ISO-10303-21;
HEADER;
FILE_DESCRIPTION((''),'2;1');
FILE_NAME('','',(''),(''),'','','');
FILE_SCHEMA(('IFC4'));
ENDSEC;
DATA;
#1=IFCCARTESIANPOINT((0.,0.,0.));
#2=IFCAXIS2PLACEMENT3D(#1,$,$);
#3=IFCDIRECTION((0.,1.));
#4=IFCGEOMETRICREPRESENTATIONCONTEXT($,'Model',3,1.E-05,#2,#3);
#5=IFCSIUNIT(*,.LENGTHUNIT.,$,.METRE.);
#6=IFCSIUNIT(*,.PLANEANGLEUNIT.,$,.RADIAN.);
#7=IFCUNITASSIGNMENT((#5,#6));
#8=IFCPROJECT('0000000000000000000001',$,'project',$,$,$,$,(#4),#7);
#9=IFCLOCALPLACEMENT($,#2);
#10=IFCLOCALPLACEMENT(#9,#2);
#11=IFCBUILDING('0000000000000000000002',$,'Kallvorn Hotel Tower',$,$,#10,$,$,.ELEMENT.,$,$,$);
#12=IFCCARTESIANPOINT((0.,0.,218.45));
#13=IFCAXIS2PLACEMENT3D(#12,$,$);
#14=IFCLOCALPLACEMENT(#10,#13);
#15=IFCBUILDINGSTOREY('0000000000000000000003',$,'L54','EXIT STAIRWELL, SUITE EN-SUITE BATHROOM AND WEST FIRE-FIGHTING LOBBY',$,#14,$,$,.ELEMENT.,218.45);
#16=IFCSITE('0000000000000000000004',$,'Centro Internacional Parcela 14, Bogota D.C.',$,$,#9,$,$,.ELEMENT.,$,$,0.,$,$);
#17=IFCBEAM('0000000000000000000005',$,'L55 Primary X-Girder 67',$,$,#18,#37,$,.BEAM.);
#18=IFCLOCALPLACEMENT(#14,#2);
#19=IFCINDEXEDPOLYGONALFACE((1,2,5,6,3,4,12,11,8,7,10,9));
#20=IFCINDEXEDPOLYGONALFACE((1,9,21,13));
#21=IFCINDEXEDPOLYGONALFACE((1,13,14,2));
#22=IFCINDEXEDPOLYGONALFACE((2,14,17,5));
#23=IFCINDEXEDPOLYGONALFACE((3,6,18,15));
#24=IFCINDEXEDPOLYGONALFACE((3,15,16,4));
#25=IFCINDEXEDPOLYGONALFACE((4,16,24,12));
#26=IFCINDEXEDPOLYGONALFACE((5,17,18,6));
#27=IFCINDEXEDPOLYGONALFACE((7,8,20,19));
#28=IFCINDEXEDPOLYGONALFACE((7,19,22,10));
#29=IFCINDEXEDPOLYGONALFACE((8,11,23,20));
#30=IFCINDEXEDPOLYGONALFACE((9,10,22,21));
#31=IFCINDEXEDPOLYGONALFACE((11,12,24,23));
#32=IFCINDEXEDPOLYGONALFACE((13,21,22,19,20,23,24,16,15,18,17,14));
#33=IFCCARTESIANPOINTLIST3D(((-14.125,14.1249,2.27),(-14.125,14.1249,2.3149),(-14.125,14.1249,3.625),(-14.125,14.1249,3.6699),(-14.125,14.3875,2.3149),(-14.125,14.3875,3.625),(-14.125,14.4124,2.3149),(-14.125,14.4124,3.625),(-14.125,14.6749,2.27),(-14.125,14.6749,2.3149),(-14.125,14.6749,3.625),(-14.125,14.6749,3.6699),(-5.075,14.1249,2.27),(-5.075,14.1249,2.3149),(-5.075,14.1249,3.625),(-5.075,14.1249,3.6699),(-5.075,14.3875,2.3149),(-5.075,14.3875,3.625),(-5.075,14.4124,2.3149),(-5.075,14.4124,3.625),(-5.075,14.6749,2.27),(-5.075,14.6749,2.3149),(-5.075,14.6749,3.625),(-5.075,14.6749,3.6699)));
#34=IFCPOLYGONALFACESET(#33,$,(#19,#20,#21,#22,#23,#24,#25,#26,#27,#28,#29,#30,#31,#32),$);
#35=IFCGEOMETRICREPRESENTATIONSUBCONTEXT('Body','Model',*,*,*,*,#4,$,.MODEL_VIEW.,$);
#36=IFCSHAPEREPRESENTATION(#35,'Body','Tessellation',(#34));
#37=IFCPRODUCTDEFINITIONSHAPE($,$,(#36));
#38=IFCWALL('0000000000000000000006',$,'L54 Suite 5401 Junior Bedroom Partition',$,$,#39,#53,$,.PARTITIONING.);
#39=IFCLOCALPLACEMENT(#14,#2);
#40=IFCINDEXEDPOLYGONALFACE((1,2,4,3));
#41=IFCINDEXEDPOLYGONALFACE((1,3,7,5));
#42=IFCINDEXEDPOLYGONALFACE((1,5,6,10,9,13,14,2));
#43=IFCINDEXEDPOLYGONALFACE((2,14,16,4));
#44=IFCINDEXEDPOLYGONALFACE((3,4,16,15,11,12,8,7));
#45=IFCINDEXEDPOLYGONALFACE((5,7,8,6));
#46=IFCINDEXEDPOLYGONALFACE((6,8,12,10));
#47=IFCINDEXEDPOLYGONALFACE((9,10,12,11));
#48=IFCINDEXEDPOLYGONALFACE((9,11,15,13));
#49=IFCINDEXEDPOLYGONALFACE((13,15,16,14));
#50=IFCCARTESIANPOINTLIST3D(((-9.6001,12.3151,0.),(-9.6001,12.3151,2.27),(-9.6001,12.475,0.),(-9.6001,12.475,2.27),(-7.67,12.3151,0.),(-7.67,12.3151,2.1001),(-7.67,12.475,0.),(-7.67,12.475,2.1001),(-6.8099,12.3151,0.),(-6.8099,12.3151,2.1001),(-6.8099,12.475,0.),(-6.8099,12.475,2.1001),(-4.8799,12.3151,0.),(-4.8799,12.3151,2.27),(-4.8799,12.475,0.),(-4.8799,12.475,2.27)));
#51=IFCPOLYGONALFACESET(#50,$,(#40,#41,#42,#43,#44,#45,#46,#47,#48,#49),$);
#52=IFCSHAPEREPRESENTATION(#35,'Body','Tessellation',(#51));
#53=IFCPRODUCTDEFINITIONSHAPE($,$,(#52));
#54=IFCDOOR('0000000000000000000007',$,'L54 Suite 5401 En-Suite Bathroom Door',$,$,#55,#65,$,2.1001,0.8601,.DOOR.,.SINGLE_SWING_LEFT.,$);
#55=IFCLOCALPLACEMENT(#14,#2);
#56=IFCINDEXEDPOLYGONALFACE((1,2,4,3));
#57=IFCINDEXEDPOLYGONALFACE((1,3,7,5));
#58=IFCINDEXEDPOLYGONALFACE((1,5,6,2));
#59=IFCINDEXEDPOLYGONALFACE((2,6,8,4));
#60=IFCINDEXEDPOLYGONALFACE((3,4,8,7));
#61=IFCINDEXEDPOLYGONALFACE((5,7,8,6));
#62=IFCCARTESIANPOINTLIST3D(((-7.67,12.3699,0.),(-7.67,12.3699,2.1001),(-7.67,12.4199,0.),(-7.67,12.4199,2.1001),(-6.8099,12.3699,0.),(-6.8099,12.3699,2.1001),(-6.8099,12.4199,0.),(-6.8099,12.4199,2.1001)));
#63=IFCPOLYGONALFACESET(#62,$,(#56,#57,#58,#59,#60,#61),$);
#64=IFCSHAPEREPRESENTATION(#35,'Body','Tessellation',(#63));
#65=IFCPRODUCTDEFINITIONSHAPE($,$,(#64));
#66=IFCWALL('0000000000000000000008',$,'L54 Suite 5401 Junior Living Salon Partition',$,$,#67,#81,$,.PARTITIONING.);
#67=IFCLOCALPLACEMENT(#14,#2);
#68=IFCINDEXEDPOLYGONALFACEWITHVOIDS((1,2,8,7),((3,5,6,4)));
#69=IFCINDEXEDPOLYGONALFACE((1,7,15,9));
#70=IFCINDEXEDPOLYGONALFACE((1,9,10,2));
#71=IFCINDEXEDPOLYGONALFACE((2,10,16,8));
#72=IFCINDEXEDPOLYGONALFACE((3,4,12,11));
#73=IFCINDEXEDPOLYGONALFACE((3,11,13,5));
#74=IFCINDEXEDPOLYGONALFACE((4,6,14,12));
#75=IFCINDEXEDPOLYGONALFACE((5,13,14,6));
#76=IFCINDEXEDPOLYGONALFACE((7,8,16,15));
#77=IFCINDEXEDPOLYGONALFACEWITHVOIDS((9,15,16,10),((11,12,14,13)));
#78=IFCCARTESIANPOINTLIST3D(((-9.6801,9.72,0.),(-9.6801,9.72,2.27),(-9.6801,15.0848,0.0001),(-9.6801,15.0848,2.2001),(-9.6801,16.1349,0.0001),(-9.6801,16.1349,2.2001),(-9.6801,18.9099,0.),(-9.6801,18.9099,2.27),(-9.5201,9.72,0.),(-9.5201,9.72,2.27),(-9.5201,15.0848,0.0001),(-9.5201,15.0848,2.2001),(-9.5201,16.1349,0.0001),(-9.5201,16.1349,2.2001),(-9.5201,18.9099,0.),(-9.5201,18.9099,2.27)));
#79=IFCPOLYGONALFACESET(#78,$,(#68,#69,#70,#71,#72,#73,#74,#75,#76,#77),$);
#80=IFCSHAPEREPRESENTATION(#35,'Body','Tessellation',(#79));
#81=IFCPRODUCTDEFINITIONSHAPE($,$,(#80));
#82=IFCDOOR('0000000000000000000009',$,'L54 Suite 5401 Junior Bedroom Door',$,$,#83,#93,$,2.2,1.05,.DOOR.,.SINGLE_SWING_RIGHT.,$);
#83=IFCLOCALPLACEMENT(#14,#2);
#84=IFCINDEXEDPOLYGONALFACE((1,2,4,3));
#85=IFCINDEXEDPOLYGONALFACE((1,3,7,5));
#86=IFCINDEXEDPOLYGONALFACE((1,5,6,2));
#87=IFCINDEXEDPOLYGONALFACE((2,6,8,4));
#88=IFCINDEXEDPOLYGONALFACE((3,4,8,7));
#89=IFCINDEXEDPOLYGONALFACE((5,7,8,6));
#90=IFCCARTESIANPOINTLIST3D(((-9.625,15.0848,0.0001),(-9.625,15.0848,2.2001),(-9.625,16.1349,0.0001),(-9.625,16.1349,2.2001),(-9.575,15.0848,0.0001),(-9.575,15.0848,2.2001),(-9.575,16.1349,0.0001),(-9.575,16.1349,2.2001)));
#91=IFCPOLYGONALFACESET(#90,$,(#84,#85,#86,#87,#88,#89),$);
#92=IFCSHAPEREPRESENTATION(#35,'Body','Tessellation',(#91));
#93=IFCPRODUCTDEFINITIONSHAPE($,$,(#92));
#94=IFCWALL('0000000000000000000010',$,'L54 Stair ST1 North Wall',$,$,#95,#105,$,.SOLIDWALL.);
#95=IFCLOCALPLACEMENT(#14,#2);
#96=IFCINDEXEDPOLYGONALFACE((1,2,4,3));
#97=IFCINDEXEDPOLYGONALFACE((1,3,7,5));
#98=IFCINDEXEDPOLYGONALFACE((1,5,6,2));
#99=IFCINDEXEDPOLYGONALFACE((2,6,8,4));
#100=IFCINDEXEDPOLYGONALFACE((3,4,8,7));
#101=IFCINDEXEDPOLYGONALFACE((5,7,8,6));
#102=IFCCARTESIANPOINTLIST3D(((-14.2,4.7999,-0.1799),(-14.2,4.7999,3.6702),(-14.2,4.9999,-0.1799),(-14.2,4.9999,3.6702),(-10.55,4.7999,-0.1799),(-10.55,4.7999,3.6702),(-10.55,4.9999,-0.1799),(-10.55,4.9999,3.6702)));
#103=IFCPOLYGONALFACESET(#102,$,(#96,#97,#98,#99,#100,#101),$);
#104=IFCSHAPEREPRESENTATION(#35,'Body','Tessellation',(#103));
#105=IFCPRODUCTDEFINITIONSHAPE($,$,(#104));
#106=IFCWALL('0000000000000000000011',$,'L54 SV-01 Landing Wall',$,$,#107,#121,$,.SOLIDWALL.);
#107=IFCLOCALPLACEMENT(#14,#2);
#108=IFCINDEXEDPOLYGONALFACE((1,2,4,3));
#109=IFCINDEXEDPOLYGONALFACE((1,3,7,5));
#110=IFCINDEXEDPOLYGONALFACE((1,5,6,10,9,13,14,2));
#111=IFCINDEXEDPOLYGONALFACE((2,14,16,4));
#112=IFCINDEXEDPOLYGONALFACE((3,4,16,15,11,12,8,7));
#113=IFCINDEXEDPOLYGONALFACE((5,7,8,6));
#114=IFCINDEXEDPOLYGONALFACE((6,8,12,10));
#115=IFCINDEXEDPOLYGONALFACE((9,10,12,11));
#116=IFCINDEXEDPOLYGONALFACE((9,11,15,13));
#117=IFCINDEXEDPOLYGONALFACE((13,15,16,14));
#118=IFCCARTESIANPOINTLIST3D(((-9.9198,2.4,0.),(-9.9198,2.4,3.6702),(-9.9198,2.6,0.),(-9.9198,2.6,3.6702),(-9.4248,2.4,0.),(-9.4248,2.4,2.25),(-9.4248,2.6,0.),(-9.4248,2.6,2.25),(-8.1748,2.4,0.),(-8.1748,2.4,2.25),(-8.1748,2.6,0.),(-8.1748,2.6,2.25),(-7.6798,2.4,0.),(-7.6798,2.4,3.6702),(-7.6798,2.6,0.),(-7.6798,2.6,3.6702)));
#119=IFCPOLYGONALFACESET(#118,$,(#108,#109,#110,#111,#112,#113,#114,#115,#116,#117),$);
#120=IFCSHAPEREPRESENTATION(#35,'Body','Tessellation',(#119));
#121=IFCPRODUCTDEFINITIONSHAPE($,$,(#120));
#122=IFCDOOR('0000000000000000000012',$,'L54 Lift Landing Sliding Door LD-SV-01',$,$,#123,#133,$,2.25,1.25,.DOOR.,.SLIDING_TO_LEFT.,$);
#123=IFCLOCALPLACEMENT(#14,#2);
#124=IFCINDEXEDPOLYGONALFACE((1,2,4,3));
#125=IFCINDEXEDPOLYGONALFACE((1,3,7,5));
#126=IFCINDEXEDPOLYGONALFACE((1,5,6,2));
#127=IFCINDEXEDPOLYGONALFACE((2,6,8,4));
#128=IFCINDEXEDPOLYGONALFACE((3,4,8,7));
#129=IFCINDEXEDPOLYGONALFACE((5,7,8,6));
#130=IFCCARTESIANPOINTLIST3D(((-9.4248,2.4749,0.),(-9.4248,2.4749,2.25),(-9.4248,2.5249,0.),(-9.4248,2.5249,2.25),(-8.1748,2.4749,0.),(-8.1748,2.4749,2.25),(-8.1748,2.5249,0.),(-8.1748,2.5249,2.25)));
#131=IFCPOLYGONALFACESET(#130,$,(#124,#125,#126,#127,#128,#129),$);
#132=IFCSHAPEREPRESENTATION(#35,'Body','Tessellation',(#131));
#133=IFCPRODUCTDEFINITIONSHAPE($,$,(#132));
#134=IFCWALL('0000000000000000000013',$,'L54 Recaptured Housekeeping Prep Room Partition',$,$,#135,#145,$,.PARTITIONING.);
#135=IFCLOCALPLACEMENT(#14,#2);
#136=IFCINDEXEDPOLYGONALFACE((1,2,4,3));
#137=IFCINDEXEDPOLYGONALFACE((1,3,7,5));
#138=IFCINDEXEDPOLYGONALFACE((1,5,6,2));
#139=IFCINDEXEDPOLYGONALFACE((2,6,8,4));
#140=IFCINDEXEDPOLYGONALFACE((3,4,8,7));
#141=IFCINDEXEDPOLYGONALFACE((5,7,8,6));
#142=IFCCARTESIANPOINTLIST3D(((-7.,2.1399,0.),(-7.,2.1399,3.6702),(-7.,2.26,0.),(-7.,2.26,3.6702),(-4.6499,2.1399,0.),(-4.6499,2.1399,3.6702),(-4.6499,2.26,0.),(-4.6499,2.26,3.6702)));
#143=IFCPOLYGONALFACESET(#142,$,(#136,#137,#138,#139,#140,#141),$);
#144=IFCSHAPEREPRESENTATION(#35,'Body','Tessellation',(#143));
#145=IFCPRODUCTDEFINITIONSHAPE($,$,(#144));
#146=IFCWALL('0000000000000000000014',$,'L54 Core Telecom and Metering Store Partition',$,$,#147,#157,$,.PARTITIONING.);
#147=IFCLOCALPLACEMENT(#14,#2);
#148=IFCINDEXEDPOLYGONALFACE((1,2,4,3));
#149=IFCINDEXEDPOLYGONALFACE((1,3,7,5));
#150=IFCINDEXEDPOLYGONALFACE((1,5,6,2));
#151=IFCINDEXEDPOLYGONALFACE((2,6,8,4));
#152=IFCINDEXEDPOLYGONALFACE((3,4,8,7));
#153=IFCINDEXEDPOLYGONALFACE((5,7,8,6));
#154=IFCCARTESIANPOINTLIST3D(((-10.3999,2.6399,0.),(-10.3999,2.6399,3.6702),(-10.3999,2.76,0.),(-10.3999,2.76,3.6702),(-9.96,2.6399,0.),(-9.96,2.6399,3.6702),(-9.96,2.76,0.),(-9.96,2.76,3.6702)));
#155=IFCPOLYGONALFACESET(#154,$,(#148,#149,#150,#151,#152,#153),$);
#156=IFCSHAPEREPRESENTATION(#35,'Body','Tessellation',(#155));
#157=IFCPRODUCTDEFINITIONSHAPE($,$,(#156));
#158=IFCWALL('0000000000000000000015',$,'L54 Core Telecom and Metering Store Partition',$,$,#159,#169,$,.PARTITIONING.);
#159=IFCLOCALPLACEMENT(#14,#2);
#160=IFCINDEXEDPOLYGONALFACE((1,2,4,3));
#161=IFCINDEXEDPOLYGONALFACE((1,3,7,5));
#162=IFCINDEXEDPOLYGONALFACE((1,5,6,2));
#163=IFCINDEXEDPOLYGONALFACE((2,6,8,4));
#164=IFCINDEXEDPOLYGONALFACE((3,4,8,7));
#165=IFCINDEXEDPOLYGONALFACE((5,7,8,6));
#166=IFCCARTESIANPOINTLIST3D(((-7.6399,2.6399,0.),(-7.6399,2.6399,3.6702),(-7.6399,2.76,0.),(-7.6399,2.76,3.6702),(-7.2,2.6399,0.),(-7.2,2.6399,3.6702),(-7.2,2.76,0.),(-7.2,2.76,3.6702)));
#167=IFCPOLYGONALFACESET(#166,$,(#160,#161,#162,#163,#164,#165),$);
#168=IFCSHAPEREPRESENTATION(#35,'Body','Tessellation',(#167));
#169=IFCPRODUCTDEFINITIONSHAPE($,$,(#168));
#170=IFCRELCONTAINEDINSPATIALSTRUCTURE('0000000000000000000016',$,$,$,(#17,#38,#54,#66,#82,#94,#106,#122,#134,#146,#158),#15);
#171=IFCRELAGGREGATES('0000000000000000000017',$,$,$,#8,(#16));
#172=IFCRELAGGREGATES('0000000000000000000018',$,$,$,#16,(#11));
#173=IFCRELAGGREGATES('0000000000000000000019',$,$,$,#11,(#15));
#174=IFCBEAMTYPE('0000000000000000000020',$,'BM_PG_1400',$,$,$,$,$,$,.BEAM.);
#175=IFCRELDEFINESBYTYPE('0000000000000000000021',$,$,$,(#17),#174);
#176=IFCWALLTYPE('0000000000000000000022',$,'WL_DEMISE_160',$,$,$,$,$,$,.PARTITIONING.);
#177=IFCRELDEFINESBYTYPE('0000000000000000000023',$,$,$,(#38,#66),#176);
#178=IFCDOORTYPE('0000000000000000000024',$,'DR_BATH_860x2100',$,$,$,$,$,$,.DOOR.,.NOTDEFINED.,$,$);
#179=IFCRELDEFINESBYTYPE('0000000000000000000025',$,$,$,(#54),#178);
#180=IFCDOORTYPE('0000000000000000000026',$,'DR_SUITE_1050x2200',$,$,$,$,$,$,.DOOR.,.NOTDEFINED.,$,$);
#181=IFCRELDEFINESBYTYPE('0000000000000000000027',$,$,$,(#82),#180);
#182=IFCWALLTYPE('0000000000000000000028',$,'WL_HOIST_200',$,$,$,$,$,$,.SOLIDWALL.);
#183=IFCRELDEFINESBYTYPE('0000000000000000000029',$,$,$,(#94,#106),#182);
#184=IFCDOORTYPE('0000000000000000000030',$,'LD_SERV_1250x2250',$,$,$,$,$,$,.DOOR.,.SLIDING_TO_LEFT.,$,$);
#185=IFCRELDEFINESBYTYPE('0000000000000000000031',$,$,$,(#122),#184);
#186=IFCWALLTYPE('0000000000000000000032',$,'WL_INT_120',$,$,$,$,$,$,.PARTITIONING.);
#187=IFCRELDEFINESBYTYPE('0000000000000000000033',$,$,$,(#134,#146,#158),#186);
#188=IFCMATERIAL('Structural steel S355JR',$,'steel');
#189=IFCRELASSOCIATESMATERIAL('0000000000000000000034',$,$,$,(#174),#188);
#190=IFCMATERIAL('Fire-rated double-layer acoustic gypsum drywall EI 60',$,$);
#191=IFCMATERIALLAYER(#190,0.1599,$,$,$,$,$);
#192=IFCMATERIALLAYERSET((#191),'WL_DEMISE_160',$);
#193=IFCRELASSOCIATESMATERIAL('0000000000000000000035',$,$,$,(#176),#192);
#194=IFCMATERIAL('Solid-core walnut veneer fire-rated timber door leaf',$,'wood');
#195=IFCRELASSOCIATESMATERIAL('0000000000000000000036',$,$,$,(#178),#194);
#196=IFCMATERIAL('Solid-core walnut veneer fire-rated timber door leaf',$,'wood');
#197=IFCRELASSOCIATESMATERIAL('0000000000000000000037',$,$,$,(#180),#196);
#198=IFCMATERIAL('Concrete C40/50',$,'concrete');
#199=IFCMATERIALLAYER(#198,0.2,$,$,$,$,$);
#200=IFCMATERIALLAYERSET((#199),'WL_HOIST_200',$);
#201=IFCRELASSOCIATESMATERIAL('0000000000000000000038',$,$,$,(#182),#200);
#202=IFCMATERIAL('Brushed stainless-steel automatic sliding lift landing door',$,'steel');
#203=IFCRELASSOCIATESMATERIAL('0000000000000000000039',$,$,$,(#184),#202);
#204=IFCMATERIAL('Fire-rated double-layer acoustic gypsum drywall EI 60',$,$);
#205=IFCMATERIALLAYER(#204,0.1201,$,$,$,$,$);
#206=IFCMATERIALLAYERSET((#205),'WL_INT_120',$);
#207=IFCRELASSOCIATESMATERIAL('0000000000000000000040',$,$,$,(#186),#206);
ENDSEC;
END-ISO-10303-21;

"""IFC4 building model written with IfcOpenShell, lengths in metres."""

from ifc_helpers import new_model, si_unit, direction, frame, frame_2d, origin, origin_2d, place, context, subcontext, project, spatial, rectangle, i_section, extrude, material, layer, layer_set, material_profile, profile_set, type_object, element, fill, save


model = new_model("IFC4")

# Units and contexts
model_context = context("Model", 3, precision=1e-05, world=origin(), true_north=direction((0.0, 1.0)))
body_context = subcontext(model_context, "Body", "Model", "MODEL_VIEW")
ifc_project = project(units=[si_unit("LENGTHUNIT", "METRE"), si_unit("PLANEANGLEUNIT", "RADIAN")], contexts=[model_context])

# Site, building, storey
site_placement = place(None, origin())
site = spatial("IfcSite", under=ifc_project, at=site_placement, Name="Centro Internacional Parcela 14, Bogota D.C.", CompositionType="ELEMENT", RefElevation=0.0)
building_placement = place(site_placement, origin())
building = spatial("IfcBuilding", under=site, at=building_placement, Name="Kallvorn Hotel Tower", CompositionType="ELEMENT")
storey_placement = place(building_placement, frame((0.0, 0.0, 218.45)))
storey = spatial("IfcBuildingStorey", under=building, at=storey_placement, Name="L54", Description="EXIT STAIRWELL, SUITE EN-SUITE BATHROOM AND WEST FIRE-FIGHTING LOBBY", CompositionType="ELEMENT", Elevation=218.45)

# Beam
ifc_material_1 = material(Name="Structural steel S355JR", Category="steel")
ifc_material_profile_1 = material_profile(ifc_material_1, i_section(OverallWidth=0.55, OverallDepth=1.3999, WebThickness=0.0249, FlangeThickness=0.0449, at=origin_2d()), Name="PG 1400x550x25x45")
ifc_profile_set_1 = profile_set([ifc_material_profile_1], Name="Structural steel S355JR")
beam_type_1 = type_object("IfcBeamType", Name="BM_PG_1400", PredefinedType="BEAM", material=ifc_profile_set_1)
beam_1_placement = place(storey_placement, frame((-14.125, 14.3999, 2.97), z_axis=(1.0, 0.0, 0.0), x_axis=(0.0, 1.0, 0.0)))
element("IfcBeam", 1, at=beam_1_placement, inside=storey, type_object=beam_type_1, Name="L55 Primary X-Girder 67", PredefinedType="BEAM", context=body_context, shape_type="SweptSolid", body=[
    extrude(i_section(OverallWidth=0.55, OverallDepth=1.3999, WebThickness=0.0249, FlangeThickness=0.0449, at=origin_2d()), origin(), (0.0, 0.0, 1.0), 9.05),
])

# Walls, openings, doors
ifc_material_2 = material(Name="Fire-rated double-layer acoustic gypsum drywall EI 60")
ifc_layer_1 = layer(ifc_material_2, 0.1599)
ifc_layer_set_1 = layer_set([ifc_layer_1], Name="WL_DEMISE_160")
wall_type_1 = type_object("IfcWallType", Name="WL_DEMISE_160", PredefinedType="PARTITIONING", material=ifc_layer_set_1)
wall_1_placement = place(storey_placement, frame((-9.6001, 12.395, 0.0), z_axis=(0.0, 0.0, 1.0), x_axis=(1.0, 0.0, 0.0)))
wall_1 = element("IfcWall", 2, at=wall_1_placement, inside=storey, type_object=wall_type_1, Name="L54 Suite 5401 Junior Bedroom Partition", PredefinedType="PARTITIONING", context=body_context, shape_type="SweptSolid", body=[
    extrude(rectangle(XDim=4.7202, YDim=0.1599, at=frame_2d((2.3601, 0.0))), origin(), (0.0, 0.0, 1.0), 2.27),
])
opening_1_placement = place(wall_1_placement, frame((1.9299, 0.0, 0.0)))
opening_1 = element("IfcOpeningElement", 3, at=opening_1_placement, cuts=wall_1, PredefinedType="OPENING", context=body_context, shape_type="SweptSolid", body=[
    extrude(rectangle(XDim=0.8601, YDim=2.1001, at=frame_2d((0.4302, 1.05))), frame((0.0, 0.095, 0.0), z_axis=(0.0, -1.0, 0.0), x_axis=(1.0, 0.0, 0.0)), (0.0, 0.0, 1.0), 0.1899),
])
ifc_material_3 = material(Name="Solid-core walnut veneer fire-rated timber door leaf", Category="wood")
door_type_1 = type_object("IfcDoorType", Name="DR_BATH_860x2100", OperationType="NOTDEFINED", PredefinedType="DOOR", material=ifc_material_3)
door_1_placement = place(opening_1_placement, origin())
door_1 = element("IfcDoor", 4, at=door_1_placement, inside=storey, type_object=door_type_1, Name="L54 Suite 5401 En-Suite Bathroom Door", OperationType="SINGLE_SWING_LEFT", OverallHeight=2.1001, OverallWidth=0.8601, PredefinedType="DOOR", context=body_context, shape_type="SweptSolid", body=[
    extrude(rectangle(XDim=0.8601, YDim=2.1001, at=frame_2d((0.4302, 1.05))), frame((0.0, 0.0249, 0.0), z_axis=(0.0, -1.0, 0.0), x_axis=(1.0, 0.0, 0.0)), (0.0, 0.0, 1.0), 0.05),
])
fill(opening_1, door_1)
wall_2_placement = place(storey_placement, frame((-9.6001, 9.72, 0.0), z_axis=(0.0, 0.0, 1.0), x_axis=(0.0, 1.0, 0.0)))
wall_2 = element("IfcWall", 5, at=wall_2_placement, inside=storey, type_object=wall_type_1, Name="L54 Suite 5401 Junior Living Salon Partition", PredefinedType="PARTITIONING", context=body_context, shape_type="SweptSolid", body=[
    extrude(rectangle(XDim=9.1899, YDim=0.1599, at=frame_2d((4.595, 0.0))), origin(), (0.0, 0.0, 1.0), 2.27),
])
opening_2_placement = place(wall_2_placement, frame((5.365, 0.0, 0.0)))
opening_2 = element("IfcOpeningElement", 6, at=opening_2_placement, cuts=wall_2, PredefinedType="OPENING", context=body_context, shape_type="SweptSolid", body=[
    extrude(rectangle(XDim=1.05, YDim=2.2, at=frame_2d((0.5249, 1.1001))), frame((0.0, 0.095, 0.0), z_axis=(0.0, -1.0, 0.0), x_axis=(1.0, 0.0, 0.0)), (0.0, 0.0, 1.0), 0.1899),
])
ifc_material_4 = material(Name="Solid-core walnut veneer fire-rated timber door leaf", Category="wood")
door_type_2 = type_object("IfcDoorType", Name="DR_SUITE_1050x2200", OperationType="NOTDEFINED", PredefinedType="DOOR", material=ifc_material_4)
door_2_placement = place(opening_2_placement, origin())
door_2 = element("IfcDoor", 7, at=door_2_placement, inside=storey, type_object=door_type_2, Name="L54 Suite 5401 Junior Bedroom Door", OperationType="SINGLE_SWING_RIGHT", OverallHeight=2.2, OverallWidth=1.05, PredefinedType="DOOR", context=body_context, shape_type="SweptSolid", body=[
    extrude(rectangle(XDim=1.05, YDim=2.2, at=frame_2d((0.5249, 1.1001))), frame((0.0, 0.0249, 0.0), z_axis=(0.0, -1.0, 0.0), x_axis=(1.0, 0.0, 0.0)), (0.0, 0.0, 1.0), 0.05),
])
fill(opening_2, door_2)

# Wall
ifc_material_5 = material(Name="Concrete C40/50", Category="concrete")
ifc_layer_2 = layer(ifc_material_5, 0.2)
ifc_layer_set_2 = layer_set([ifc_layer_2], Name="WL_HOIST_200")
wall_type_2 = type_object("IfcWallType", Name="WL_HOIST_200", PredefinedType="SOLIDWALL", material=ifc_layer_set_2)
wall_3_placement = place(storey_placement, frame((-14.2, 4.8999, -0.1799), z_axis=(0.0, 0.0, 1.0), x_axis=(1.0, 0.0, 0.0)))
element("IfcWall", 8, at=wall_3_placement, inside=storey, type_object=wall_type_2, Name="L54 Stair ST1 North Wall", PredefinedType="SOLIDWALL", context=body_context, shape_type="SweptSolid", body=[
    extrude(rectangle(XDim=3.6499, YDim=0.2, at=frame_2d((1.825, 0.0))), origin(), (0.0, 0.0, 1.0), 3.8501),
])

# Wall, opening, door
wall_4_placement = place(storey_placement, frame((-9.9199, 2.5, 0.0), z_axis=(0.0, 0.0, 1.0), x_axis=(1.0, 0.0, 0.0)))
wall_4 = element("IfcWall", 9, at=wall_4_placement, inside=storey, type_object=wall_type_2, Name="L54 SV-01 Landing Wall", PredefinedType="SOLIDWALL", context=body_context, shape_type="SweptSolid", body=[
    extrude(rectangle(XDim=2.24, YDim=0.2, at=frame_2d((1.1201, 0.0))), origin(), (0.0, 0.0, 1.0), 3.6702),
])
opening_3_placement = place(wall_4_placement, frame((0.4951, 0.0, 0.0)))
opening_3 = element("IfcOpeningElement", 10, at=opening_3_placement, cuts=wall_4, PredefinedType="OPENING", context=body_context, shape_type="SweptSolid", body=[
    extrude(rectangle(XDim=1.25, YDim=2.25, at=frame_2d((0.625, 1.125))), frame((0.0, 0.115, 0.0), z_axis=(0.0, -1.0, 0.0), x_axis=(1.0, 0.0, 0.0)), (0.0, 0.0, 1.0), 0.23),
])
ifc_material_6 = material(Name="Brushed stainless-steel automatic sliding lift landing door", Category="steel")
door_type_3 = type_object("IfcDoorType", Name="LD_SERV_1250x2250", OperationType="SLIDING_TO_LEFT", PredefinedType="DOOR", material=ifc_material_6)
door_3_placement = place(opening_3_placement, origin())
door_3 = element("IfcDoor", 11, at=door_3_placement, inside=storey, type_object=door_type_3, Name="L54 Lift Landing Sliding Door LD-SV-01", OperationType="SLIDING_TO_LEFT", OverallHeight=2.25, OverallWidth=1.25, PredefinedType="DOOR", context=body_context, shape_type="SweptSolid", body=[
    extrude(rectangle(XDim=1.25, YDim=2.25, at=frame_2d((0.625, 1.125))), frame((0.0, 0.0249, 0.0), z_axis=(0.0, -1.0, 0.0), x_axis=(1.0, 0.0, 0.0)), (0.0, 0.0, 1.0), 0.05),
])
fill(opening_3, door_3)

# Walls
ifc_material_7 = material(Name="Fire-rated double-layer acoustic gypsum drywall EI 60")
ifc_layer_3 = layer(ifc_material_7, 0.1201)
ifc_layer_set_3 = layer_set([ifc_layer_3], Name="WL_INT_120")
wall_type_3 = type_object("IfcWallType", Name="WL_INT_120", PredefinedType="PARTITIONING", material=ifc_layer_set_3)
wall_5_placement = place(storey_placement, frame((-7.0, 2.2, 0.0), z_axis=(0.0, 0.0, 1.0), x_axis=(1.0, 0.0, 0.0)))
element("IfcWall", 12, at=wall_5_placement, inside=storey, type_object=wall_type_3, Name="L54 Recaptured Housekeeping Prep Room Partition", PredefinedType="PARTITIONING", context=body_context, shape_type="SweptSolid", body=[
    extrude(rectangle(XDim=2.3501, YDim=0.1201, at=frame_2d((1.175, 0.0))), origin(), (0.0, 0.0, 1.0), 3.6702),
])
for number, where, z_axis, x_axis, name in (
    (13, (-10.3999, 2.7, 0.0), (0.0, 0.0, 1.0), (1.0, 0.0, 0.0), "L54 Core Telecom and Metering Store Partition"),
    (14, (-7.6399, 2.7, 0.0), (0.0, 0.0, 1.0), (1.0, 0.0, 0.0), "L54 Core Telecom and Metering Store Partition"),
):
    element("IfcWall", number, at=place(storey_placement, frame(where, z_axis=z_axis, x_axis=x_axis)), inside=storey, type_object=wall_type_3, Name=name, PredefinedType="PARTITIONING", context=body_context, shape_type="SweptSolid", body=[
        extrude(rectangle(XDim=0.4399, YDim=0.1201, at=frame_2d((0.22, 0.0))), origin(), (0.0, 0.0, 1.0), 3.6702),
    ])

save(model, "model.ifc")
